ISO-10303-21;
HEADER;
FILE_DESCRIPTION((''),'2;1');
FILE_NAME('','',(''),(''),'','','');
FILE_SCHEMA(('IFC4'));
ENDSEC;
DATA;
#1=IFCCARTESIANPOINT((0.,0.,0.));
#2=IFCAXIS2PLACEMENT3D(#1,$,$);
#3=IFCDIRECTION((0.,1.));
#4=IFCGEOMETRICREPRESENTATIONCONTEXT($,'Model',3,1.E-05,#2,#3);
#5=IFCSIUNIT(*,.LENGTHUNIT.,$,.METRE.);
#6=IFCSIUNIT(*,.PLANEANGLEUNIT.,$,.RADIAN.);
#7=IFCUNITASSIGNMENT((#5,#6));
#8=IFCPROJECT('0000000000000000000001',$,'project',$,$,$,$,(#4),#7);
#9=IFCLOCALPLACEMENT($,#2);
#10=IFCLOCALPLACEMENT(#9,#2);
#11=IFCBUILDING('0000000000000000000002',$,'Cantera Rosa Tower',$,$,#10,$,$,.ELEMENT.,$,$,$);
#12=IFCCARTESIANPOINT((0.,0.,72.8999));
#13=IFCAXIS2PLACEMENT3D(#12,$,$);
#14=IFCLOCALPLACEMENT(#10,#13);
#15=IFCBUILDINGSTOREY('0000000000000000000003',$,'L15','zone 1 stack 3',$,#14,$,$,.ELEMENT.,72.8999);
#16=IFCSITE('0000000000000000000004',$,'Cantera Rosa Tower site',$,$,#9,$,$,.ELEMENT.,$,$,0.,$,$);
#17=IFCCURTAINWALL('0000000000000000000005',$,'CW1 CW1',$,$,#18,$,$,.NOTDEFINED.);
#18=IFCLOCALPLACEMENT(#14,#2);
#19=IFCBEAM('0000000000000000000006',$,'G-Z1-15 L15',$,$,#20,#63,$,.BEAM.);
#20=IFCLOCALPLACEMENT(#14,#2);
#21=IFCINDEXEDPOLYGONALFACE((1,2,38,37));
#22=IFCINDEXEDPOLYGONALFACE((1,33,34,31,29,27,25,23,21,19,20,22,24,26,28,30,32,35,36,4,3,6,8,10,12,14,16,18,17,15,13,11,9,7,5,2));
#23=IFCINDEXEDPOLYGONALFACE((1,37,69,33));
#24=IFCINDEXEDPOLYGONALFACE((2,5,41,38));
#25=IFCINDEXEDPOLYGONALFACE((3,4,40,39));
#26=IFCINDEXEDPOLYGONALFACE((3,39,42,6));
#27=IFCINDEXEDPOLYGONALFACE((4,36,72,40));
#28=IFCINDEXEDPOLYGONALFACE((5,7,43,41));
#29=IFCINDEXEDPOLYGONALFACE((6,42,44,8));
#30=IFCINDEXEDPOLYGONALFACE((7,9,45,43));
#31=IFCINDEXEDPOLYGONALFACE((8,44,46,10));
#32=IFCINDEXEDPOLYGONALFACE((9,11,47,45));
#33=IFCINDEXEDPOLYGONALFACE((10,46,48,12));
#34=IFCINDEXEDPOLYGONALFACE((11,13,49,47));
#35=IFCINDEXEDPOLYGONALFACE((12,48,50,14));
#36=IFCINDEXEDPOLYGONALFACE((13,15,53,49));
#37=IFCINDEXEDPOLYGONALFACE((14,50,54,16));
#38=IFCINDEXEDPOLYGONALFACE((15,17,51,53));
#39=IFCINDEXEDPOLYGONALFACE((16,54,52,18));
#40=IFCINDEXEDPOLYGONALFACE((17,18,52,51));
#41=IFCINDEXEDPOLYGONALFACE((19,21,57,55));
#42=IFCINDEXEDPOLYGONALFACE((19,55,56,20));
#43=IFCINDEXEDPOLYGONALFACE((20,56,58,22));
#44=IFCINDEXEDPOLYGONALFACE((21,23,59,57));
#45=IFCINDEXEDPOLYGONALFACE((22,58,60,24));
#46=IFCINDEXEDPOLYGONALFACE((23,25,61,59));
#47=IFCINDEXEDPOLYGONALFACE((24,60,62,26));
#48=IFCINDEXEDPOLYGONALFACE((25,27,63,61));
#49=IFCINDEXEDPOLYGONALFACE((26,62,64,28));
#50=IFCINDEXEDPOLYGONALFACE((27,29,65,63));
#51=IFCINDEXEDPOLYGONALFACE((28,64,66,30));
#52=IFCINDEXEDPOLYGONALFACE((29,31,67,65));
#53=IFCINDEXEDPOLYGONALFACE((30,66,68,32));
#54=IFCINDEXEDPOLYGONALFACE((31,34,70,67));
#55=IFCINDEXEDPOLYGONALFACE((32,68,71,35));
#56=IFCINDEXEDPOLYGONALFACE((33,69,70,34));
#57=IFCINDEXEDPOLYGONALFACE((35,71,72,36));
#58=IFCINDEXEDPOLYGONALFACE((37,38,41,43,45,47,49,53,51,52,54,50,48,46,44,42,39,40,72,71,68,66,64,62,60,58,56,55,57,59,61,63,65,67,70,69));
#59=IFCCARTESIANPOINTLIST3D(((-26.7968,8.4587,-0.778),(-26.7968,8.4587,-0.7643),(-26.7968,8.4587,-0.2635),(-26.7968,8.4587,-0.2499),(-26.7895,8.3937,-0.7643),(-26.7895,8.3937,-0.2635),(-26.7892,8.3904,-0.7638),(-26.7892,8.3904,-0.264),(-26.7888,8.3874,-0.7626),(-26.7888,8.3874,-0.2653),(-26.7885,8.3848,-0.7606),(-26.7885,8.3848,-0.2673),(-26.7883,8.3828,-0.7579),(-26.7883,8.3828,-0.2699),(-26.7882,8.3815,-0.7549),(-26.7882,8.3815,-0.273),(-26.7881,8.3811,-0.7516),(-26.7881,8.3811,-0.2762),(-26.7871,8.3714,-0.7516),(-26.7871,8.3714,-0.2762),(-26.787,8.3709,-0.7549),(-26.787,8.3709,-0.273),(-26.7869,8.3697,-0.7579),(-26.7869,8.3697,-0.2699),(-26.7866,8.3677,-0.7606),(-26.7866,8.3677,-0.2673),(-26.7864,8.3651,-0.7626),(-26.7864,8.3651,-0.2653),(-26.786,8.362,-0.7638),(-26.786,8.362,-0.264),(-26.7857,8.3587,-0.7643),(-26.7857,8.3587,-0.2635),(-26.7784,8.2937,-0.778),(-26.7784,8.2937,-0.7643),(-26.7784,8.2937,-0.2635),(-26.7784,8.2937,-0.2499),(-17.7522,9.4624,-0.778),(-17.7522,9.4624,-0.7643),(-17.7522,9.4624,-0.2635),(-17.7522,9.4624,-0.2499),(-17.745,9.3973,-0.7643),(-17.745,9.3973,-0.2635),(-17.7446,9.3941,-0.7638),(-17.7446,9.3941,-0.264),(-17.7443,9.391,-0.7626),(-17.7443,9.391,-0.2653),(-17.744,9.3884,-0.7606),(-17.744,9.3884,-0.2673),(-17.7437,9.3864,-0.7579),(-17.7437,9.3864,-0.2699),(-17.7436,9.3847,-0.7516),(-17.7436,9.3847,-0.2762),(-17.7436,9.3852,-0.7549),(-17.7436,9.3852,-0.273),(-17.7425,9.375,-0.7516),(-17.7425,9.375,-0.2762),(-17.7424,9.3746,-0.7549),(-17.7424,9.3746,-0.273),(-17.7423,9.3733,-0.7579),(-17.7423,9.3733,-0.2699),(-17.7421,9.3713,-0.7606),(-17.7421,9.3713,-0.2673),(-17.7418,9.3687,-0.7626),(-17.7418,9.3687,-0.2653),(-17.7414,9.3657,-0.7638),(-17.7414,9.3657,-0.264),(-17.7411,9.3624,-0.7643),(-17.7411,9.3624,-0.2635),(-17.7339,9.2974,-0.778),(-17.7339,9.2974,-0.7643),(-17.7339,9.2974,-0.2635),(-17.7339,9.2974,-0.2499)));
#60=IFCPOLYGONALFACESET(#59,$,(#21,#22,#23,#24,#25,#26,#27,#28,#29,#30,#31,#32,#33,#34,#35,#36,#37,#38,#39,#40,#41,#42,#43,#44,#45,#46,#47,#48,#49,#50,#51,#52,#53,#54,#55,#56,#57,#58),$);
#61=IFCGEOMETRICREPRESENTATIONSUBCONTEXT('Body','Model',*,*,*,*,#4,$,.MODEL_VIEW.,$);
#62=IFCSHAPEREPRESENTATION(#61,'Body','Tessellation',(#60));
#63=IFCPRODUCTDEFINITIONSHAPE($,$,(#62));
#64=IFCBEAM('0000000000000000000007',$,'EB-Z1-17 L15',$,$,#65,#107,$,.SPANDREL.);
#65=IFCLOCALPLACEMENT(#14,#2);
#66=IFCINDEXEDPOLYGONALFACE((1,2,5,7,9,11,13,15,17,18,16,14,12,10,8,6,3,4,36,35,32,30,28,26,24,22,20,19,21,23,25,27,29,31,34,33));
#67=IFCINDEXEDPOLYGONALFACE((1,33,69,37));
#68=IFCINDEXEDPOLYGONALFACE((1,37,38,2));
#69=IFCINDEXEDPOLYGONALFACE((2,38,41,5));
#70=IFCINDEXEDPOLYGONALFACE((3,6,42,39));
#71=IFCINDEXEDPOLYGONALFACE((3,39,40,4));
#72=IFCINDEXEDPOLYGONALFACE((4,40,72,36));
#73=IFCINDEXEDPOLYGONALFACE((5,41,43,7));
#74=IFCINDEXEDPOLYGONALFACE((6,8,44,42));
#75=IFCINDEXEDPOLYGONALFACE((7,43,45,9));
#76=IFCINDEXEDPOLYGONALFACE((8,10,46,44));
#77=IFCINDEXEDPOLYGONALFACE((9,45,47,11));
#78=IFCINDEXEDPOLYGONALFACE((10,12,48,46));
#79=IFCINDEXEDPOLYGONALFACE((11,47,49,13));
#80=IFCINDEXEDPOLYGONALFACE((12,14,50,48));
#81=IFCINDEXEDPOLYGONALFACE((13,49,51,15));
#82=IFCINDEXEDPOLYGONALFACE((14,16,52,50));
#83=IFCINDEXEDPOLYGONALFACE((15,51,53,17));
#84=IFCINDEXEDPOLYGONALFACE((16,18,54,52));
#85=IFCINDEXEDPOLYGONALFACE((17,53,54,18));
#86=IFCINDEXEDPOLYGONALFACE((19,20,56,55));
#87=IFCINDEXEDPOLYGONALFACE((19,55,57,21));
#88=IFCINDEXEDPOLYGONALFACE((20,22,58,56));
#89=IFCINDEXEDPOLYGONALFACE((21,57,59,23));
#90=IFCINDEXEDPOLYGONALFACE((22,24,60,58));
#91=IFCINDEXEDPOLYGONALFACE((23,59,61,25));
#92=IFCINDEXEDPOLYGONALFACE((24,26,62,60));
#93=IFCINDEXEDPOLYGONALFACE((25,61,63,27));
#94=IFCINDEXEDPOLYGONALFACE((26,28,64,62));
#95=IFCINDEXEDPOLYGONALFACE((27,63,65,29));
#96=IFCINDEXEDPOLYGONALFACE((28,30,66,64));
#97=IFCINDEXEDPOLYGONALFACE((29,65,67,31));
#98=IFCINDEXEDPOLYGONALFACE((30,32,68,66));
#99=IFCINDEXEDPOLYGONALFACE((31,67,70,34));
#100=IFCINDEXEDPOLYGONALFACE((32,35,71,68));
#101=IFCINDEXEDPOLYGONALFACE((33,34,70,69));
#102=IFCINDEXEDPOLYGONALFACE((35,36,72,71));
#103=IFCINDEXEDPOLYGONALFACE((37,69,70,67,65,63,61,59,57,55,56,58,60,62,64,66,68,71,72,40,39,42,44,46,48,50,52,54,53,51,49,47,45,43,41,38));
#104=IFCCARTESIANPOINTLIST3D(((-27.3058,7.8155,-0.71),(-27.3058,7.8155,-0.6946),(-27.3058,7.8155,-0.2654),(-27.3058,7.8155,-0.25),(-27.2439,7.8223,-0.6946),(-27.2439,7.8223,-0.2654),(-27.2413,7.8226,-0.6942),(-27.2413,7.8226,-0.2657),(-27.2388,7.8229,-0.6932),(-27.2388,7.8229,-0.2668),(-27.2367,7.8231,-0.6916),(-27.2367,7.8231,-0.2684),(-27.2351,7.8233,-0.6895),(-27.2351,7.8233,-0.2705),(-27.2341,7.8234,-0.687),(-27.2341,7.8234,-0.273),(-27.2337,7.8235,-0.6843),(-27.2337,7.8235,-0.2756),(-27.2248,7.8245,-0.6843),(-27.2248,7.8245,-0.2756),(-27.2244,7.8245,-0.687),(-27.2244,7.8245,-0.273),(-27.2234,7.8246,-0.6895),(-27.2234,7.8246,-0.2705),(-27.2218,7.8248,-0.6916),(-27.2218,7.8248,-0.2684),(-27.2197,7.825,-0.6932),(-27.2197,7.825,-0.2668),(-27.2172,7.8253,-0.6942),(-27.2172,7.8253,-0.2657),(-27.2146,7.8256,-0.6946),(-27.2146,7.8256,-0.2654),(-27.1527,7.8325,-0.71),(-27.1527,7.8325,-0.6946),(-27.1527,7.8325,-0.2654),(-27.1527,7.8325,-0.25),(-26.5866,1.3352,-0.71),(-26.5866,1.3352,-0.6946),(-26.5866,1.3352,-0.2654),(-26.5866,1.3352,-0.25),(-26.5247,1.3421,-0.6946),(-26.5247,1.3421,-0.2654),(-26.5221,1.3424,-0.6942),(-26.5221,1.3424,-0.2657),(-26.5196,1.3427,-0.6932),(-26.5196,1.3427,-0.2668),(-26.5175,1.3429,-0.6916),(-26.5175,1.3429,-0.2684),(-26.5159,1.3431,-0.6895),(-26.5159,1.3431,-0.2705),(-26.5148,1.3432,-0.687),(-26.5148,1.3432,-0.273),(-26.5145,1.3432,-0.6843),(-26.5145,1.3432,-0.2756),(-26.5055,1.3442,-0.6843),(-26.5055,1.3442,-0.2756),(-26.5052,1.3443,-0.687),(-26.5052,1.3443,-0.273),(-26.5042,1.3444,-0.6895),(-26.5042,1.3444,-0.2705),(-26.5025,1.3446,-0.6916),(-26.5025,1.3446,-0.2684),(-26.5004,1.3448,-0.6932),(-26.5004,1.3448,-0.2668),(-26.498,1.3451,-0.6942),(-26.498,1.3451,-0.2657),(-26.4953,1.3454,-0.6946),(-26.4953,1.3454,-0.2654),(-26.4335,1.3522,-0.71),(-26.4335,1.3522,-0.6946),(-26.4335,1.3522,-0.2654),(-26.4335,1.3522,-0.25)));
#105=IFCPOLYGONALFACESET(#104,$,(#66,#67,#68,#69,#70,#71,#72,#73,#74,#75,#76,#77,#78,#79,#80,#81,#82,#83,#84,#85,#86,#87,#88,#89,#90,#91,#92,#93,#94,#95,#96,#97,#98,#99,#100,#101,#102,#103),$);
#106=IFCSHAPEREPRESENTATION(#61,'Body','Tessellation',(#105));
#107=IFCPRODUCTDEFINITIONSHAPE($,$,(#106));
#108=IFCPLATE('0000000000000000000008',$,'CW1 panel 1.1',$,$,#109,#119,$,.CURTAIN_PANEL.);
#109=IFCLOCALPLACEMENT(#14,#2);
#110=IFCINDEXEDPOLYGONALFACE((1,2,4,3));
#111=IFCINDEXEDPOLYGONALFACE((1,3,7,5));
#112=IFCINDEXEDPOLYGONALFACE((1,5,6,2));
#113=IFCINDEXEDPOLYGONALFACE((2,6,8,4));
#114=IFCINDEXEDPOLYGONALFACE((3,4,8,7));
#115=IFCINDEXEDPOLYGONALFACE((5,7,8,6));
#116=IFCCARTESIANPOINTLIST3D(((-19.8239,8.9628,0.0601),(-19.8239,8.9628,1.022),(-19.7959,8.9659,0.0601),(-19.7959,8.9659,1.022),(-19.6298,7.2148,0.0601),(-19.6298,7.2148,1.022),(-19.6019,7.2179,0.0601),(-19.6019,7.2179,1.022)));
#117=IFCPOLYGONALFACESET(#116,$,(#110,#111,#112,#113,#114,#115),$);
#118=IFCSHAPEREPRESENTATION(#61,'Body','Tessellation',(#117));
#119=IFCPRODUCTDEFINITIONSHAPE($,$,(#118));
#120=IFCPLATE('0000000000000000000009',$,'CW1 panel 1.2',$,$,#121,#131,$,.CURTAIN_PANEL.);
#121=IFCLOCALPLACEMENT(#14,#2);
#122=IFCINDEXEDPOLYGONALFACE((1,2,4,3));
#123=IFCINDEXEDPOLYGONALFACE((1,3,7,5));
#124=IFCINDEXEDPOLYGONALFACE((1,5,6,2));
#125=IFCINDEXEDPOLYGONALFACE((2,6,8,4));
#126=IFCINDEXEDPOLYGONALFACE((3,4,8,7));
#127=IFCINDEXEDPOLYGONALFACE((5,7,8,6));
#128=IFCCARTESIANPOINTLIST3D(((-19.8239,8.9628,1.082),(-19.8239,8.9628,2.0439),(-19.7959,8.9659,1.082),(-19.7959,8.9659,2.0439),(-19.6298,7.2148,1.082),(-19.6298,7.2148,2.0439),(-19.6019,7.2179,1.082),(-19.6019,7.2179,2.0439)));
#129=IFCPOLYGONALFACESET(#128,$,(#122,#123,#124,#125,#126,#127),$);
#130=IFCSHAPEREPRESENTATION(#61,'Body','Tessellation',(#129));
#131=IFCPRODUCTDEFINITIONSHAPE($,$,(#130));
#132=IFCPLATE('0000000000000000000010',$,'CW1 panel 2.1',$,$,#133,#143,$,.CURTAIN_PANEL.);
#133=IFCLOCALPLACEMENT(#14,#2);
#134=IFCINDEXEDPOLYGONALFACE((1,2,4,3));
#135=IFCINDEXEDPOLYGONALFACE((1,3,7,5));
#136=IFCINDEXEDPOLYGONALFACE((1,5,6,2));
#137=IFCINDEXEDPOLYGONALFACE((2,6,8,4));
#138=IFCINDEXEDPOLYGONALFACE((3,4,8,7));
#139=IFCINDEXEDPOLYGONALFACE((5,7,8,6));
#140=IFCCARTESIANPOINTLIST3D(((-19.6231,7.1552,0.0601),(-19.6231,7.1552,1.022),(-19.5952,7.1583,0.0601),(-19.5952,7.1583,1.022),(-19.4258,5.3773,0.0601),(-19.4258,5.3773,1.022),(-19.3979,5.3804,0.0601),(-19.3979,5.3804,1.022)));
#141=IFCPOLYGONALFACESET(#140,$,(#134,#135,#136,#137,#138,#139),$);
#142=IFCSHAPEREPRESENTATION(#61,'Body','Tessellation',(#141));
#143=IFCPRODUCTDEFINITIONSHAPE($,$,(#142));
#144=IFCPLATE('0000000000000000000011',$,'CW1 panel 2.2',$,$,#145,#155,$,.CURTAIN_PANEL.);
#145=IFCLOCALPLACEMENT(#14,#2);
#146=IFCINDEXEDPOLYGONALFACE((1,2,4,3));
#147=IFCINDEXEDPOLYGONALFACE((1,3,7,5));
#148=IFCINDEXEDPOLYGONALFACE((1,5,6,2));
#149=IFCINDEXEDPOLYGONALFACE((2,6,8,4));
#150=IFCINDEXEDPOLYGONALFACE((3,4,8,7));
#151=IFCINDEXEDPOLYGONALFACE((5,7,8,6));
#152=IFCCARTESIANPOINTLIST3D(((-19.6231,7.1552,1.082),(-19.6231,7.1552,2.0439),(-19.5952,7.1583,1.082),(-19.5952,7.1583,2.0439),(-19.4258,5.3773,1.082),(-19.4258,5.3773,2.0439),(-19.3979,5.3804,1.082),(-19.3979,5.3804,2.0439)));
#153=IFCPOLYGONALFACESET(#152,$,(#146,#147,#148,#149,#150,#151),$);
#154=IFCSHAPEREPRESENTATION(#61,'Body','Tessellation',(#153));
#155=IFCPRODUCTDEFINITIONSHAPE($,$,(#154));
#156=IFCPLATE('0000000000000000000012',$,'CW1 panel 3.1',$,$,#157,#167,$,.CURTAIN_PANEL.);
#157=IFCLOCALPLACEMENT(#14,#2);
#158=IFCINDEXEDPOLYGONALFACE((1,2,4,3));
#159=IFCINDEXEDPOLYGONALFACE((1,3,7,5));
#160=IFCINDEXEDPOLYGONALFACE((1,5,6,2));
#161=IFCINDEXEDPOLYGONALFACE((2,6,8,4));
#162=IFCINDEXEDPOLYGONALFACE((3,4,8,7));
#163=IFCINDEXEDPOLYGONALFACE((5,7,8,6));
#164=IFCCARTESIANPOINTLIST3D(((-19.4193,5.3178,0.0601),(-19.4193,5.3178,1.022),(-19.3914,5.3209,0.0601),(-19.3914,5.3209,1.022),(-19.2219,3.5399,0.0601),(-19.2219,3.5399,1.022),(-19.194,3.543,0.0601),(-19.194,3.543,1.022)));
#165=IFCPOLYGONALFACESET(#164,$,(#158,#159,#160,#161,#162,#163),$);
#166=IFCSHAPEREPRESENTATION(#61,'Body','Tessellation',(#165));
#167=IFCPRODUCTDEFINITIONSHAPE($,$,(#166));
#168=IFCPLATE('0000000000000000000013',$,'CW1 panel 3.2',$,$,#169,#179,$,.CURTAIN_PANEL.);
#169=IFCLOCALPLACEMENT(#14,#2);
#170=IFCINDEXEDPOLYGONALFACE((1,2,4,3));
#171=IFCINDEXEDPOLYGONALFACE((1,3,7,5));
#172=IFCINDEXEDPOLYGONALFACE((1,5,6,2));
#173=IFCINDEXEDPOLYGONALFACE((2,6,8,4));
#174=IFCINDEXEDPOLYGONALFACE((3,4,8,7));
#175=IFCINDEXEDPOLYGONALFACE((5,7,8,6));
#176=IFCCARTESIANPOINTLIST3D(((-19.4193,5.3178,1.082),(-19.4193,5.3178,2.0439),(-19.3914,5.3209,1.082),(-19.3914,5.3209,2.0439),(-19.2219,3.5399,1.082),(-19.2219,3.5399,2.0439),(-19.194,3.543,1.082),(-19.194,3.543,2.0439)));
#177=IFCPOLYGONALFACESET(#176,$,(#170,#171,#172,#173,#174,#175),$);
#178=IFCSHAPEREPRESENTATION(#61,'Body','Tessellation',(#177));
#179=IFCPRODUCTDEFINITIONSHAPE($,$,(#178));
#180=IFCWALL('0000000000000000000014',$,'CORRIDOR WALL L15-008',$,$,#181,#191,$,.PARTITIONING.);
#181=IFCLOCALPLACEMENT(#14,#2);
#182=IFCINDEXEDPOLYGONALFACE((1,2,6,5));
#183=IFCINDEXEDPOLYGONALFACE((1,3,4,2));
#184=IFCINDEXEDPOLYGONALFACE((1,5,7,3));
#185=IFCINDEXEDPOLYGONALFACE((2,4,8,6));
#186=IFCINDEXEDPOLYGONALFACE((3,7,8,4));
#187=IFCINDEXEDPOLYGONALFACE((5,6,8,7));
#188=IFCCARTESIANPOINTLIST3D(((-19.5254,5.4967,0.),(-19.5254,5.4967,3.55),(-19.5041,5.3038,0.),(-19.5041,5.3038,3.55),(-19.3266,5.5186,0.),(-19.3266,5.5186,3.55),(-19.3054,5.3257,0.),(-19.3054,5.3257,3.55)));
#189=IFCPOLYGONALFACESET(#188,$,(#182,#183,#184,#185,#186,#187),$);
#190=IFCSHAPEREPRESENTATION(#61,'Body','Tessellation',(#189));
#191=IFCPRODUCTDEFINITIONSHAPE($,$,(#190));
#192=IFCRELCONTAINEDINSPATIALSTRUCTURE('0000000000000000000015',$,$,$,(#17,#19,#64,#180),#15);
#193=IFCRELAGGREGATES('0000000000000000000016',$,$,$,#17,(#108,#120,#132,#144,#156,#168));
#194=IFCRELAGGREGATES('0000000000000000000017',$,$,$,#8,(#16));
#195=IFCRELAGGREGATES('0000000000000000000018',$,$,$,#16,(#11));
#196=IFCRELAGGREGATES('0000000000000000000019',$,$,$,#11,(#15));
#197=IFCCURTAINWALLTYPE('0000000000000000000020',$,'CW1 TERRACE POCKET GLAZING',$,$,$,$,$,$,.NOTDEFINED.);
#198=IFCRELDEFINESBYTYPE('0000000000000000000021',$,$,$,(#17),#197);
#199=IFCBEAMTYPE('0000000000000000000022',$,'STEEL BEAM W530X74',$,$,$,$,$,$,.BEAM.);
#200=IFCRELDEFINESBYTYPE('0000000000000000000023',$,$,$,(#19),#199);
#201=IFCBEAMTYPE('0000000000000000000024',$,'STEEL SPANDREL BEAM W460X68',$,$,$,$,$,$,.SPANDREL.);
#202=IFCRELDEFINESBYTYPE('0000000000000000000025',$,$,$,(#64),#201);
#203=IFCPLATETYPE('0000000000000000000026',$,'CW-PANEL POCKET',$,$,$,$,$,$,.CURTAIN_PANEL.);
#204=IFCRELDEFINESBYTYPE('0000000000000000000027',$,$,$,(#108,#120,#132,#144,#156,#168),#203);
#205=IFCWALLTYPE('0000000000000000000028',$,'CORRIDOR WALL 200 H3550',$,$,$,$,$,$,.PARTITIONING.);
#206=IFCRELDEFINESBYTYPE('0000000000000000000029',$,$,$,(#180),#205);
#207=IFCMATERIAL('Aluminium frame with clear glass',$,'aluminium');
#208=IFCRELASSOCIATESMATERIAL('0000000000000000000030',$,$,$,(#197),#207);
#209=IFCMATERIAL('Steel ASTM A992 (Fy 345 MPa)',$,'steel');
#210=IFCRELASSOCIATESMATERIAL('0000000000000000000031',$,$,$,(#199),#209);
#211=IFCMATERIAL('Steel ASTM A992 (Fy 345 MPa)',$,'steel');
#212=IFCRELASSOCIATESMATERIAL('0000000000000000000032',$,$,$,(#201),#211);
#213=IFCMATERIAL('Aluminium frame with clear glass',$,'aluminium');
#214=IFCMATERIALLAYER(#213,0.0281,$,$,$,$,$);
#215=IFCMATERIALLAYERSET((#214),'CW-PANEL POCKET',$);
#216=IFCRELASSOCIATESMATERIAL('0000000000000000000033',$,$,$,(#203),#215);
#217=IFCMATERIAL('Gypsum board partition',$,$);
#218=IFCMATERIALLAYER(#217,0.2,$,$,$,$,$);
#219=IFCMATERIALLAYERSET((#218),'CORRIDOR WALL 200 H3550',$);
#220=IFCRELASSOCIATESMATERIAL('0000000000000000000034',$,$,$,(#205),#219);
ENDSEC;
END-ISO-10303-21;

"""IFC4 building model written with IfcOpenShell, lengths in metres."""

from ifc_helpers import new_model, si_unit, direction, frame, frame_2d, origin, origin_2d, place, context, subcontext, project, spatial, rectangle, i_section, extrude, material, layer, layer_set, material_profile, profile_set, type_object, element, aggregate, save


model = new_model("IFC4")

# Units and contexts
model_context = context("Model", 3, precision=1e-05, world=origin(), true_north=direction((0.0, 1.0)))
body_context = subcontext(model_context, "Body", "Model", "MODEL_VIEW")
ifc_project = project(units=[si_unit("LENGTHUNIT", "METRE"), si_unit("PLANEANGLEUNIT", "RADIAN")], contexts=[model_context])

# Site, building, storey
site_placement = place(None, origin())
site = spatial("IfcSite", under=ifc_project, at=site_placement, Name="Cantera Rosa Tower site", CompositionType="ELEMENT", RefElevation=0.0)
building_placement = place(site_placement, origin())
building = spatial("IfcBuilding", under=site, at=building_placement, Name="Cantera Rosa Tower", CompositionType="ELEMENT")
storey_placement = place(building_placement, frame((0.0, 0.0, 72.8999)))
storey = spatial("IfcBuildingStorey", under=building, at=storey_placement, Name="L15", Description="zone 1 stack 3", CompositionType="ELEMENT", Elevation=72.8999)

# Curtain wall
ifc_material_1 = material(Name="Aluminium frame with clear glass", Category="aluminium")
curtain_wall_type = type_object("IfcCurtainWallType", Name="CW1 TERRACE POCKET GLAZING", PredefinedType="NOTDEFINED", material=ifc_material_1)
curtain_wall_placement = place(storey_placement, origin())
curtain_wall = element("IfcCurtainWall", 1, at=curtain_wall_placement, inside=storey, type_object=curtain_wall_type, Name="CW1 CW1", PredefinedType="NOTDEFINED")

# Beams
ifc_material_2 = material(Name="Steel ASTM A992 (Fy 345 MPa)", Category="steel")
ifc_material_profile_1 = material_profile(ifc_material_2, i_section(OverallWidth=0.166, OverallDepth=0.5281, WebThickness=0.0098, FlangeThickness=0.0137, FilletRadius=0.0127, at=origin_2d()), Name="W530X74")
ifc_profile_set_1 = profile_set([ifc_material_profile_1], Name="Steel ASTM A992 (Fy 345 MPa)")
beam_type_1 = type_object("IfcBeamType", Name="STEEL BEAM W530X74", PredefinedType="BEAM", material=ifc_profile_set_1)
beam_1_placement = place(storey_placement, frame((-26.7876, 8.3762, -0.5139), z_axis=(0.993899, 0.11029, 0.0), x_axis=(-0.11029, 0.993899, 0.0)))
element("IfcBeam", 2, at=beam_1_placement, inside=storey, type_object=beam_type_1, Name="G-Z1-15 L15", PredefinedType="BEAM", context=body_context, shape_type="SweptSolid", body=[
    extrude(i_section(OverallWidth=0.166, OverallDepth=0.5281, WebThickness=0.0098, FlangeThickness=0.0137, FilletRadius=0.0127, at=origin_2d()), origin(), (0.0, 0.0, 1.0), 9.1001),
])
ifc_material_3 = material(Name="Steel ASTM A992 (Fy 345 MPa)", Category="steel")
ifc_material_profile_2 = material_profile(ifc_material_3, i_section(OverallWidth=0.1541, OverallDepth=0.46, WebThickness=0.009, FlangeThickness=0.0154, FilletRadius=0.0103, at=origin_2d()), Name="W460X68")
ifc_profile_set_2 = profile_set([ifc_material_profile_2], Name="Steel ASTM A992 (Fy 345 MPa)")
beam_type_2 = type_object("IfcBeamType", Name="STEEL SPANDREL BEAM W460X68", PredefinedType="SPANDREL", material=ifc_profile_set_2)
beam_2_placement = place(storey_placement, frame((-27.2292, 7.824, -0.48), z_axis=(0.110312, -0.993897, 0.0), x_axis=(0.993897, 0.110312, 0.0)))
element("IfcBeam", 3, at=beam_2_placement, inside=storey, type_object=beam_type_2, Name="EB-Z1-17 L15", PredefinedType="SPANDREL", context=body_context, shape_type="SweptSolid", body=[
    extrude(i_section(OverallWidth=0.1541, OverallDepth=0.46, WebThickness=0.009, FlangeThickness=0.0154, FilletRadius=0.0103, at=origin_2d()), origin(), (0.0, 0.0, 1.0), 6.52),
])

# Plates
ifc_material_4 = material(Name="Aluminium frame with clear glass", Category="aluminium")
ifc_layer_1 = layer(ifc_material_4, 0.0281)
ifc_layer_set_1 = layer_set([ifc_layer_1], Name="CW-PANEL POCKET")
plate_type = type_object("IfcPlateType", Name="CW-PANEL POCKET", PredefinedType="CURTAIN_PANEL", material=ifc_layer_set_1)
plate_1_placement = place(storey_placement, frame((-19.7129, 8.0903, 0.0601), z_axis=(0.0, 0.0, 1.0), x_axis=(0.110313, -0.993897, 0.0)))
plate_1 = element("IfcPlate", 4, at=plate_1_placement, type_object=plate_type, Name="CW1 panel 1.1", PredefinedType="CURTAIN_PANEL", context=body_context, shape_type="SweptSolid", body=[
    extrude(rectangle(XDim=1.7588, YDim=0.0281, at=origin_2d()), origin(), (0.0, 0.0, 1.0), 0.9619),
])
plate_2_placement = place(storey_placement, frame((-19.7129, 8.0903, 1.082), z_axis=(0.0, 0.0, 1.0), x_axis=(0.110313, -0.993897, 0.0)))
plate_2 = element("IfcPlate", 5, at=plate_2_placement, type_object=plate_type, Name="CW1 panel 1.2", PredefinedType="CURTAIN_PANEL", context=body_context, shape_type="SweptSolid", body=[
    extrude(rectangle(XDim=1.7588, YDim=0.0281, at=origin_2d()), origin(), (0.0, 0.0, 1.0), 0.9619),
])
plate_3_placement = place(storey_placement, frame((-19.5105, 6.2678, 0.0601), z_axis=(0.0, 0.0, 1.0), x_axis=(0.110313, -0.993897, 0.0)))
plate_3 = element("IfcPlate", 6, at=plate_3_placement, type_object=plate_type, Name="CW1 panel 2.1", PredefinedType="CURTAIN_PANEL", context=body_context, shape_type="SweptSolid", body=[
    extrude(rectangle(XDim=1.7888, YDim=0.0281, at=origin_2d()), origin(), (0.0, 0.0, 1.0), 0.9619),
])
plate_4_placement = place(storey_placement, frame((-19.5105, 6.2678, 1.082), z_axis=(0.0, 0.0, 1.0), x_axis=(0.110313, -0.993897, 0.0)))
plate_4 = element("IfcPlate", 7, at=plate_4_placement, type_object=plate_type, Name="CW1 panel 2.2", PredefinedType="CURTAIN_PANEL", context=body_context, shape_type="SweptSolid", body=[
    extrude(rectangle(XDim=1.7888, YDim=0.0281, at=origin_2d()), origin(), (0.0, 0.0, 1.0), 0.9619),
])
plate_5_placement = place(storey_placement, frame((-19.3066, 4.4304, 0.0601), z_axis=(0.0, 0.0, 1.0), x_axis=(0.110313, -0.993897, 0.0)))
plate_5 = element("IfcPlate", 8, at=plate_5_placement, type_object=plate_type, Name="CW1 panel 3.1", PredefinedType="CURTAIN_PANEL", context=body_context, shape_type="SweptSolid", body=[
    extrude(rectangle(XDim=1.7888, YDim=0.0281, at=origin_2d()), origin(), (0.0, 0.0, 1.0), 0.9619),
])
plate_6_placement = place(storey_placement, frame((-19.3066, 4.4304, 1.082), z_axis=(0.0, 0.0, 1.0), x_axis=(0.110313, -0.993897, 0.0)))
plate_6 = element("IfcPlate", 9, at=plate_6_placement, type_object=plate_type, Name="CW1 panel 3.2", PredefinedType="CURTAIN_PANEL", context=body_context, shape_type="SweptSolid", body=[
    extrude(rectangle(XDim=1.7888, YDim=0.0281, at=origin_2d()), origin(), (0.0, 0.0, 1.0), 0.9619),
])
aggregate(curtain_wall, [plate_1, plate_2, plate_3, plate_4, plate_5, plate_6])

# Wall
ifc_material_5 = material(Name="Gypsum board partition")
ifc_layer_2 = layer(ifc_material_5, 0.2)
ifc_layer_set_2 = layer_set([ifc_layer_2], Name="CORRIDOR WALL 200 H3550")
wall_type_1 = type_object("IfcWallType", Name="CORRIDOR WALL 200 H3550", PredefinedType="PARTITIONING", material=ifc_layer_set_2)
wall_1_placement = place(storey_placement, frame((-19.426, 5.5078, 0.0), z_axis=(0.0, 0.0, 1.0), x_axis=(0.109465, -0.993991, 0.0)))
element("IfcWall", 10, at=wall_1_placement, inside=storey, type_object=wall_type_1, Name="CORRIDOR WALL L15-008", PredefinedType="PARTITIONING", context=body_context, shape_type="SweptSolid", body=[
    extrude(rectangle(XDim=0.1941, YDim=0.2, at=frame_2d((0.0972, 0.0))), origin(), (0.0, 0.0, 1.0), 3.55),
])

save(model, "model.ifc")
